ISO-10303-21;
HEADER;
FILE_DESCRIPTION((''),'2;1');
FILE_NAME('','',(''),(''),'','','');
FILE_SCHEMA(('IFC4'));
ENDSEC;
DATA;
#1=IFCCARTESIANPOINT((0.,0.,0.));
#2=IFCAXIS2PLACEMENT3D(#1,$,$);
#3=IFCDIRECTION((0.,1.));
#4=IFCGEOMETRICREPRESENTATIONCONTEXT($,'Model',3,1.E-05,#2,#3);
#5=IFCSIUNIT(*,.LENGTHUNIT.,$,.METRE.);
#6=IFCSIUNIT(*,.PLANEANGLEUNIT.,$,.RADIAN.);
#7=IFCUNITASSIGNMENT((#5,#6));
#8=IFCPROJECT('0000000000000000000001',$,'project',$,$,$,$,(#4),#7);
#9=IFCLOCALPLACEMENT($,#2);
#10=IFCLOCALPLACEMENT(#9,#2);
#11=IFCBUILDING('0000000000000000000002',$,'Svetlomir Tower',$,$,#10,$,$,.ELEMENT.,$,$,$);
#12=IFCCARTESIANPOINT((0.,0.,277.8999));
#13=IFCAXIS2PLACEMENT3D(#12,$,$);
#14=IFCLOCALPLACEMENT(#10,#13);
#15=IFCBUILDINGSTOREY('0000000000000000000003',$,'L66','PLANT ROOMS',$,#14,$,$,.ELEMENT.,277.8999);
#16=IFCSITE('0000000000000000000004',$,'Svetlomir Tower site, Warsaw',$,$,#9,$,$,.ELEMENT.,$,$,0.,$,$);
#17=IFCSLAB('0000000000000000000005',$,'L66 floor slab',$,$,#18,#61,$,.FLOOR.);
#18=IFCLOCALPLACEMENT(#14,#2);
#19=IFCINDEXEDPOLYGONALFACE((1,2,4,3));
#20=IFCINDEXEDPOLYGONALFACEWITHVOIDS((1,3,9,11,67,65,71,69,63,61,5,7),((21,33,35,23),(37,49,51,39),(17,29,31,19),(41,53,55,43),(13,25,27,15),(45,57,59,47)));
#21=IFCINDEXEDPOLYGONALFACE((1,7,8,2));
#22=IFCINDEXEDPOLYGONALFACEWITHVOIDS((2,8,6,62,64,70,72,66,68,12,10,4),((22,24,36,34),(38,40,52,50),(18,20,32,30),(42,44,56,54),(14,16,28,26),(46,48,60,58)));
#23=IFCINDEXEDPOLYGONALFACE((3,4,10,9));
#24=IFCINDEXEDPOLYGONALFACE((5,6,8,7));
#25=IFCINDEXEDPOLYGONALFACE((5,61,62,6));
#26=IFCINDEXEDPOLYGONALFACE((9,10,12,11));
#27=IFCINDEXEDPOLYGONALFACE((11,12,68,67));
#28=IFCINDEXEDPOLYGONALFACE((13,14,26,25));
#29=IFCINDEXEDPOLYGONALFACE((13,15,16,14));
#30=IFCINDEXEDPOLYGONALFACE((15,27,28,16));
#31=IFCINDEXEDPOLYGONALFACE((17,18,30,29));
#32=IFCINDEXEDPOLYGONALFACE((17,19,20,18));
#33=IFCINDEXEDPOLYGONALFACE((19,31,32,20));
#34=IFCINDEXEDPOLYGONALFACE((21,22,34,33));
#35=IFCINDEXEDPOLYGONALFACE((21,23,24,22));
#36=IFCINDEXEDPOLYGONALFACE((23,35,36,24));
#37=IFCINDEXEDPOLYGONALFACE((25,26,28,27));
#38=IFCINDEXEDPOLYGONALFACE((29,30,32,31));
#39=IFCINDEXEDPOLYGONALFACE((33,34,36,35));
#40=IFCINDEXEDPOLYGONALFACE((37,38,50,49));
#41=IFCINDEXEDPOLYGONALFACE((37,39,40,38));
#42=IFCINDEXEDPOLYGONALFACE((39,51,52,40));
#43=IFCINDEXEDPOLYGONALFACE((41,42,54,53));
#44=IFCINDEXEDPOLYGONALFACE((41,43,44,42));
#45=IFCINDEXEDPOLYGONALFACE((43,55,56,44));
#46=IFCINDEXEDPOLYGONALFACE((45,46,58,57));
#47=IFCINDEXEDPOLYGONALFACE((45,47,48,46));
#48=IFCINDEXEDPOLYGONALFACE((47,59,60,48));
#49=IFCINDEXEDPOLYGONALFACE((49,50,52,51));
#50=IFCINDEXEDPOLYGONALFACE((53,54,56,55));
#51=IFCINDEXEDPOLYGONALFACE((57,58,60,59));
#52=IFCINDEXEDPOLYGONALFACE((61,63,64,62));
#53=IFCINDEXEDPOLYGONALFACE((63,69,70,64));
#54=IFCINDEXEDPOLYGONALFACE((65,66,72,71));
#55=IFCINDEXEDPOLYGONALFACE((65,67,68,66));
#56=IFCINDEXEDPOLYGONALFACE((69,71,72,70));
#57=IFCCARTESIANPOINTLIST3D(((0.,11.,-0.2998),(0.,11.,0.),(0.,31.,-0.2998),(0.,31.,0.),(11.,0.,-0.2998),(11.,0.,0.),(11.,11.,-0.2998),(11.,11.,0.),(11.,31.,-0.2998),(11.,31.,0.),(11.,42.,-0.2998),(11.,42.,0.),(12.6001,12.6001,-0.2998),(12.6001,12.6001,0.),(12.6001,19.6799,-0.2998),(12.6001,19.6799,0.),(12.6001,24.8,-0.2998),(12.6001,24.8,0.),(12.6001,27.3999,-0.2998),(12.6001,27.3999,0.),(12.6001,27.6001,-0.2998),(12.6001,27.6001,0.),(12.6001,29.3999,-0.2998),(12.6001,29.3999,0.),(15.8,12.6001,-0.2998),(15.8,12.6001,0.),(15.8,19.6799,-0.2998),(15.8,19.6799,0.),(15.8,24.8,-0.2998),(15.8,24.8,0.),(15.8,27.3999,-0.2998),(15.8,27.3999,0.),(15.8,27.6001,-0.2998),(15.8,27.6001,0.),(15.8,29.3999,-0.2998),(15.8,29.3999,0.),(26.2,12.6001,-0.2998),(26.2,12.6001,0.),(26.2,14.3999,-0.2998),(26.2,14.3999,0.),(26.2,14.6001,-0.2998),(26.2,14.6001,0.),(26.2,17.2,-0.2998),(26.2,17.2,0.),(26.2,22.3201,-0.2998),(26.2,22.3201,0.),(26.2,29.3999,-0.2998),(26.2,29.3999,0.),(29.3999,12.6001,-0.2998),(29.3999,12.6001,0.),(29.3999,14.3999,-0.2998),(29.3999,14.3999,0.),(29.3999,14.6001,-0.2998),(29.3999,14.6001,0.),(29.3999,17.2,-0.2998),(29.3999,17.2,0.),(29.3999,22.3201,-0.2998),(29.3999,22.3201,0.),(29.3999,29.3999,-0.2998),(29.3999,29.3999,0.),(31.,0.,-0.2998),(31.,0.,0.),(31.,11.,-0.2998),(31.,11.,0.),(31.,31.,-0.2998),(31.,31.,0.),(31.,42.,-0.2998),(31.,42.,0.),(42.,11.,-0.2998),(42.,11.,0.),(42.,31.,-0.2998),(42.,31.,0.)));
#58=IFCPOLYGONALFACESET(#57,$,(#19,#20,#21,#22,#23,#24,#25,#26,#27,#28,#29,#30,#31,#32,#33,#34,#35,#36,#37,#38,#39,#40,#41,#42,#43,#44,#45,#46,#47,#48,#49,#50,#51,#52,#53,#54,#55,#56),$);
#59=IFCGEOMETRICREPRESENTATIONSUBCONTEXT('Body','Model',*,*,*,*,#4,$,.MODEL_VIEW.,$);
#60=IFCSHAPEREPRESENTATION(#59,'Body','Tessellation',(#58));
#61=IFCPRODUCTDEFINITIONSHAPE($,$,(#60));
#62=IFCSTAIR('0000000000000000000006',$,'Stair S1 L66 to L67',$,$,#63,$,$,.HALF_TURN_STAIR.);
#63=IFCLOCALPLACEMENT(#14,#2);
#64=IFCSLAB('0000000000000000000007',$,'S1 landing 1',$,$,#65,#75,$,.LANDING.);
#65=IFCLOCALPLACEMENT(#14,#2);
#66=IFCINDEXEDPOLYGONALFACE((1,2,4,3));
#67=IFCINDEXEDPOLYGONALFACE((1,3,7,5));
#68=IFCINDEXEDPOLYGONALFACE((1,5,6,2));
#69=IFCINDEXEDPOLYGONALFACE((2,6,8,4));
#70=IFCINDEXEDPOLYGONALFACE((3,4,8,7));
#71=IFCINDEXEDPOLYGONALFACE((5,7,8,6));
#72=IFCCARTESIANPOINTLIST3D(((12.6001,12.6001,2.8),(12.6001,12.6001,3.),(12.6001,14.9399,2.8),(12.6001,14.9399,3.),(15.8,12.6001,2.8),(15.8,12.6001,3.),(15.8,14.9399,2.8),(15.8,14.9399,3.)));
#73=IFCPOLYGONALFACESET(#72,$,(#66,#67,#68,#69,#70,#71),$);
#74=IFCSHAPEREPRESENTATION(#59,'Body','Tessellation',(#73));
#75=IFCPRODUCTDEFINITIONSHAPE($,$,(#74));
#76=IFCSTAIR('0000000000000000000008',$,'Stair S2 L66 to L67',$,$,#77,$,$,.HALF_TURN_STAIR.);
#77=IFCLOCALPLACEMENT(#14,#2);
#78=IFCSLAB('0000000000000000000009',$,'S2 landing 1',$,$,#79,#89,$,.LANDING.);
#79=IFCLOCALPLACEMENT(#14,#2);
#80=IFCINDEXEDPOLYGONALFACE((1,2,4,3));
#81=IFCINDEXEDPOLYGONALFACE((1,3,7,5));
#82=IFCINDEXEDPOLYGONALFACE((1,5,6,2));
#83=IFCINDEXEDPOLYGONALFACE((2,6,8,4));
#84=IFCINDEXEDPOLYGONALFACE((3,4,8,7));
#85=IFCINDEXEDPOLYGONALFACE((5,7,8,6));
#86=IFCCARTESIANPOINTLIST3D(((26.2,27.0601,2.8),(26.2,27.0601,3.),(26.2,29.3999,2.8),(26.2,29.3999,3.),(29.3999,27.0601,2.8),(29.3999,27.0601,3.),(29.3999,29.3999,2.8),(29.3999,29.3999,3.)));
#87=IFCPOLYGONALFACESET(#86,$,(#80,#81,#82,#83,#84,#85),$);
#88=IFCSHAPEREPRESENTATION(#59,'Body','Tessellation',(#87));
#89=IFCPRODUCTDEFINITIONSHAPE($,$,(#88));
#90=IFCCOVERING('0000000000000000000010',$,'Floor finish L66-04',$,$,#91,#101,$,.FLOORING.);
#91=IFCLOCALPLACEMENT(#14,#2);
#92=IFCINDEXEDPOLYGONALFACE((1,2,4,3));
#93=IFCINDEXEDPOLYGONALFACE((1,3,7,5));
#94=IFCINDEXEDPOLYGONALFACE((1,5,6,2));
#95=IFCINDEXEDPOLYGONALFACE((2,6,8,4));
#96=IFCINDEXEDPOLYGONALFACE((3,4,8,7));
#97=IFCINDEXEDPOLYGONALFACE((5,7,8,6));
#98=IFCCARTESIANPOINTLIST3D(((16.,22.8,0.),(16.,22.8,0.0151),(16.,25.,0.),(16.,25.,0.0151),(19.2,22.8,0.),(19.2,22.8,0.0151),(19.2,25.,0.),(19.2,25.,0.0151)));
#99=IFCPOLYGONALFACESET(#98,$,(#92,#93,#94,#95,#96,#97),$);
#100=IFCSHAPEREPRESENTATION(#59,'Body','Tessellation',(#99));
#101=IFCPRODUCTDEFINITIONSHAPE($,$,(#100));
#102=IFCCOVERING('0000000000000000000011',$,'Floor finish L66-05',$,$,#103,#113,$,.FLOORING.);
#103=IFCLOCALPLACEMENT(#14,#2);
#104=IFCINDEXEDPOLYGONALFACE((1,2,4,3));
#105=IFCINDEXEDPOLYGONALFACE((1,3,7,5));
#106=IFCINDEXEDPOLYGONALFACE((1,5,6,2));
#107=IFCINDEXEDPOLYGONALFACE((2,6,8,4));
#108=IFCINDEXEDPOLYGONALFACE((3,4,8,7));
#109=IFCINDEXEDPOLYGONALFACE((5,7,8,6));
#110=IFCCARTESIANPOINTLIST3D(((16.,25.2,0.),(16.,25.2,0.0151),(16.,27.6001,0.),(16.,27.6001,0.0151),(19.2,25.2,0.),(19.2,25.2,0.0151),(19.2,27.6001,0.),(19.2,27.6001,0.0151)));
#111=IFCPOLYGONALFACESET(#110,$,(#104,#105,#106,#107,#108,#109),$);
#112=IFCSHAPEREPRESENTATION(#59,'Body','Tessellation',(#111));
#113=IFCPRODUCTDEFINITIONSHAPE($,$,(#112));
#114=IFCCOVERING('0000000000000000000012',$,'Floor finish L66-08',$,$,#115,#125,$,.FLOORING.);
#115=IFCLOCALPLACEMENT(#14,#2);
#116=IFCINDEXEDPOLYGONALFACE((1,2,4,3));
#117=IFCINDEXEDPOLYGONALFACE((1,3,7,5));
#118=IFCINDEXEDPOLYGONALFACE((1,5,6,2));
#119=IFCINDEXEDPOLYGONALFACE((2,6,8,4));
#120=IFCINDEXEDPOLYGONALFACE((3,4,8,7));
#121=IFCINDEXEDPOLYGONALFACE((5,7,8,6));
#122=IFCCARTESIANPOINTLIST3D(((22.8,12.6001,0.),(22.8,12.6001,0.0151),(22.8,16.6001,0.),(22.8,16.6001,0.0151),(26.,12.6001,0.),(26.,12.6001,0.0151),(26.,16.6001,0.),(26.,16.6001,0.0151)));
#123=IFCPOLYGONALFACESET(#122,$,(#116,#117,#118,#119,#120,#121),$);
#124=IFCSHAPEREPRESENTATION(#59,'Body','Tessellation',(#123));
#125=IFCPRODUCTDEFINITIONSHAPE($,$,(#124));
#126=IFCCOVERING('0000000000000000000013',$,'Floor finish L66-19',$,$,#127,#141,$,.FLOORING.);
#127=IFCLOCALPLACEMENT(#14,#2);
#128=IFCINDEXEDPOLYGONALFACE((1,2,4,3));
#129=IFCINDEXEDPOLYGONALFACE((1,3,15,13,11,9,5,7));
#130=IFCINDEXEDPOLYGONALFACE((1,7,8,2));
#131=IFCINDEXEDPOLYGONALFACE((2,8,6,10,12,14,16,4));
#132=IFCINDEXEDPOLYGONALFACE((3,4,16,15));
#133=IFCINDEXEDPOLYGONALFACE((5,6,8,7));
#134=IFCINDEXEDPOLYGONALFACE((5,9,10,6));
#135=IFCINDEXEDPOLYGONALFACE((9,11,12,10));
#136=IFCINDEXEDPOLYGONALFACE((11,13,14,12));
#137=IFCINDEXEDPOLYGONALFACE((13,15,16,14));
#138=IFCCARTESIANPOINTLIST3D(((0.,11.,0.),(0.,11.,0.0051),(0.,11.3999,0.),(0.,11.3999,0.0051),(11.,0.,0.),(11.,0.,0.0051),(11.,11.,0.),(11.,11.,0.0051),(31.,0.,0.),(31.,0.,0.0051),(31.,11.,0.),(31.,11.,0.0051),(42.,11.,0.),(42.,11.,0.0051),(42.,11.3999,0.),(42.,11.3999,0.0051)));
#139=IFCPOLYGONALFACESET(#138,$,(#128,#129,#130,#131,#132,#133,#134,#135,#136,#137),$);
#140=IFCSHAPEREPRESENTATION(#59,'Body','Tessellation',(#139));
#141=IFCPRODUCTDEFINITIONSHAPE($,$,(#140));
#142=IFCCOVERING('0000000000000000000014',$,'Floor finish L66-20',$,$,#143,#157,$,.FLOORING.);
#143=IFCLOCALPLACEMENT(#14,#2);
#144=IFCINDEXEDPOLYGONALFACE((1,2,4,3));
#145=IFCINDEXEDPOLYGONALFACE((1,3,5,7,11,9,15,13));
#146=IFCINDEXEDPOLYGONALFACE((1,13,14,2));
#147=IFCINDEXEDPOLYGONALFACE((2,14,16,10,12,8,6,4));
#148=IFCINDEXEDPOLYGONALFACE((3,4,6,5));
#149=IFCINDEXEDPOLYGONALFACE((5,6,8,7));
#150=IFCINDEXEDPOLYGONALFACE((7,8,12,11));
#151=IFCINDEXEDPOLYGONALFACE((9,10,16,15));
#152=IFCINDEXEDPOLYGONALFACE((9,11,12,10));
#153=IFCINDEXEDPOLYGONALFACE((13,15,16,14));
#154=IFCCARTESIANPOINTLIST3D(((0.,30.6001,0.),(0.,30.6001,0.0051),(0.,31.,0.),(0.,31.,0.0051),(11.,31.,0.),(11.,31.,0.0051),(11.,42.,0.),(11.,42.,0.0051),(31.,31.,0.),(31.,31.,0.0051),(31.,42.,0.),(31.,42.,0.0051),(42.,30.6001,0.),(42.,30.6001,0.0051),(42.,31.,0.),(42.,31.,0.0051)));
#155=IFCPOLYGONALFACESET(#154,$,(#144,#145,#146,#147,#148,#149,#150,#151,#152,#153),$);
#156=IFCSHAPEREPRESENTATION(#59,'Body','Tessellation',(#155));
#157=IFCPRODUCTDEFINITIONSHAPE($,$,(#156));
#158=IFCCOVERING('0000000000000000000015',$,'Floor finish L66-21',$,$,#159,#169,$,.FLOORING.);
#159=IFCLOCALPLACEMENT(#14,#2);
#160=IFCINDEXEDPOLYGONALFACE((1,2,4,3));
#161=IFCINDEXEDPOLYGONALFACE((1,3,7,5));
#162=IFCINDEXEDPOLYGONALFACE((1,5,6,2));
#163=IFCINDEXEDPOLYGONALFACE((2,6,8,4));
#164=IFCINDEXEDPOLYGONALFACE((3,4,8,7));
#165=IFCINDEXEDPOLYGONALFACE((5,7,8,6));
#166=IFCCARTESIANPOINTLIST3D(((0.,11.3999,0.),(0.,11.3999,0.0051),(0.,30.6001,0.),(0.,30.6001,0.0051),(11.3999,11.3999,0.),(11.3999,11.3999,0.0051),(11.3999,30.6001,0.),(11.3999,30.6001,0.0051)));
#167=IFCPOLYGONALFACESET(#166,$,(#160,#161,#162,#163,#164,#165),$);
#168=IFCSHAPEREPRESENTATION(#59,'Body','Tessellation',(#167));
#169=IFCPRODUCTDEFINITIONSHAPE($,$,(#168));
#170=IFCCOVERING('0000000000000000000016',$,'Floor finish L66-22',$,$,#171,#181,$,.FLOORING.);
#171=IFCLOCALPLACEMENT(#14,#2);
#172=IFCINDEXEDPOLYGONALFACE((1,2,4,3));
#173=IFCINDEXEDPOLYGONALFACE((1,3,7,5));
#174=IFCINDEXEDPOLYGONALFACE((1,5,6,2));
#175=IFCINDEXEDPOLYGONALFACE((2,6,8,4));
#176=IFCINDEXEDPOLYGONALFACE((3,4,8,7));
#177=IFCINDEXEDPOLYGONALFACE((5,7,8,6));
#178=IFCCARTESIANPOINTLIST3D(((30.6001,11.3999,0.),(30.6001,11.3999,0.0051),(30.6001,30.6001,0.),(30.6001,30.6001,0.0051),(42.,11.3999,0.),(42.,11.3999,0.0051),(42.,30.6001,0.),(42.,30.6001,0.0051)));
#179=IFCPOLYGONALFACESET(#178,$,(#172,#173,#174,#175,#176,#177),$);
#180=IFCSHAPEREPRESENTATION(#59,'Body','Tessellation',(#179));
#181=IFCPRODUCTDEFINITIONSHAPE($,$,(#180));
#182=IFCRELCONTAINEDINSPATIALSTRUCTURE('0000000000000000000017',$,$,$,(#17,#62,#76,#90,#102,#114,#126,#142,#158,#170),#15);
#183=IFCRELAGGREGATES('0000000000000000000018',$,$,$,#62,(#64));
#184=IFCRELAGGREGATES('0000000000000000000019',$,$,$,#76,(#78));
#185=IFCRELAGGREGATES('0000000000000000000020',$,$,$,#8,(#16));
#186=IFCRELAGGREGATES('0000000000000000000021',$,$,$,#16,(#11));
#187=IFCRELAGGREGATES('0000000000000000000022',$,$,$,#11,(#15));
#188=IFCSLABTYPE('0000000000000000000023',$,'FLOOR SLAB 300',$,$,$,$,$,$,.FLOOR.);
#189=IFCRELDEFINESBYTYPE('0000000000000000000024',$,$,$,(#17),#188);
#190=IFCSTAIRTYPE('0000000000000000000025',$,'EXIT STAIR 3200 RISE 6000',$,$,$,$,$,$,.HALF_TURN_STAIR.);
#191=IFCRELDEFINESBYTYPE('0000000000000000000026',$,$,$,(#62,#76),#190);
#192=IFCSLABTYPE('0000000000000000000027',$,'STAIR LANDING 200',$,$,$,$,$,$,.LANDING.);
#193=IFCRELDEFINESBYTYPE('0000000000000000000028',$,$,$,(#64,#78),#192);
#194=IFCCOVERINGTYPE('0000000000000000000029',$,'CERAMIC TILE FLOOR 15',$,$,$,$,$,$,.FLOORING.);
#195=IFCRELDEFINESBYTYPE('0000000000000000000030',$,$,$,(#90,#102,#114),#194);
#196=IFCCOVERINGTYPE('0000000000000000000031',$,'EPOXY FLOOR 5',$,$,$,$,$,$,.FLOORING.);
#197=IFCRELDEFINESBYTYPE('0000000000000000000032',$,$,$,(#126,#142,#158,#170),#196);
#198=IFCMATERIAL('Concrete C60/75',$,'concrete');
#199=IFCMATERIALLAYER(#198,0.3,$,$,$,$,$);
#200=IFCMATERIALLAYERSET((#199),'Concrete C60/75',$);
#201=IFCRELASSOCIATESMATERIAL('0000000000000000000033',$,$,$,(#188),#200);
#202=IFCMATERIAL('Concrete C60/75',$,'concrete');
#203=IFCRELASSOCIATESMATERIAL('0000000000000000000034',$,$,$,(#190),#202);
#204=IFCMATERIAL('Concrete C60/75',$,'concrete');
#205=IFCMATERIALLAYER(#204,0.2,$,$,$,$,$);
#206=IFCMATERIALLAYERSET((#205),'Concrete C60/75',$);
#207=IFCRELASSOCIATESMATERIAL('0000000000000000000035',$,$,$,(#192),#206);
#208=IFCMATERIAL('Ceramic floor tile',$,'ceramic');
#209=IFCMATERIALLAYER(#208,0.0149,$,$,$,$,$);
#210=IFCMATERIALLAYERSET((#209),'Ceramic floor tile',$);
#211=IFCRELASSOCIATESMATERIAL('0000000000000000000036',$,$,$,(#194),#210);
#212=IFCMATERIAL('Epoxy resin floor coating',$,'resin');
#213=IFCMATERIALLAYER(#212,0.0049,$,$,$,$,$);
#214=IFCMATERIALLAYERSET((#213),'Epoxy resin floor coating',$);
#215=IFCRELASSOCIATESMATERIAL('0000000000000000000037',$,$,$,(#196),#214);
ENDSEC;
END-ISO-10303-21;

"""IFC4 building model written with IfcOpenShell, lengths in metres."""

from ifc_helpers import new_model, si_unit, direction, frame, origin, place, context, subcontext, project, spatial, polyline, outline, extrude, material, layer, layer_set, type_object, element, aggregate, save


model = new_model("IFC4")

# Units and contexts
model_context = context("Model", 3, precision=1e-05, world=origin(), true_north=direction((0.0, 1.0)))
body_context = subcontext(model_context, "Body", "Model", "MODEL_VIEW")
ifc_project = project(units=[si_unit("LENGTHUNIT", "METRE"), si_unit("PLANEANGLEUNIT", "RADIAN")], contexts=[model_context])

# Site, building, storey
site_placement = place(None, origin())
site = spatial("IfcSite", under=ifc_project, at=site_placement, Name="Svetlomir Tower site, Warsaw", CompositionType="ELEMENT", RefElevation=0.0)
building_placement = place(site_placement, origin())
building = spatial("IfcBuilding", under=site, at=building_placement, Name="Svetlomir Tower", CompositionType="ELEMENT")
storey_placement = place(building_placement, frame((0.0, 0.0, 277.8999)))
storey = spatial("IfcBuildingStorey", under=building, at=storey_placement, Name="L66", Description="PLANT ROOMS", CompositionType="ELEMENT", Elevation=277.8999)

# Slab
ifc_material_1 = material(Name="Concrete C60/75", Category="concrete")
ifc_layer_1 = layer(ifc_material_1, 0.3)
ifc_layer_set_1 = layer_set([ifc_layer_1], Name="Concrete C60/75")
slab_type_1 = type_object("IfcSlabType", Name="FLOOR SLAB 300", PredefinedType="FLOOR", material=ifc_layer_set_1)
slab_1_placement = place(storey_placement, frame((0.0, 0.0, -0.2998)))
element("IfcSlab", 1, at=slab_1_placement, inside=storey, type_object=slab_type_1, Name="L66 floor slab", PredefinedType="FLOOR", context=body_context, shape_type="SweptSolid", body=[
    extrude(outline(polyline([(11.0, 0.0), (31.0, 0.0), (31.0, 11.0), (42.0, 11.0), (42.0, 31.0), (31.0, 31.0), (31.0, 42.0), (11.0, 42.0), (11.0, 31.0), (0.0, 31.0), (0.0, 11.0), (11.0, 11.0), (11.0, 0.0)]), holes=[polyline([(12.6001, 24.8), (15.8, 24.8), (15.8, 27.3999), (12.6001, 27.3999), (12.6001, 24.8)]), polyline([(26.2, 14.6001), (29.3999, 14.6001), (29.3999, 17.2), (26.2, 17.2), (26.2, 14.6001)]), polyline([(12.6001, 27.6001), (15.8, 27.6001), (15.8, 29.3999), (12.6001, 29.3999), (12.6001, 27.6001)]), polyline([(26.2, 12.6001), (29.3999, 12.6001), (29.3999, 14.3999), (26.2, 14.3999), (26.2, 12.6001)]), polyline([(12.6001, 12.6001), (15.8, 12.6001), (15.8, 19.6799), (12.6001, 19.6799), (12.6001, 12.6001)]), polyline([(26.2, 22.3201), (29.3999, 22.3201), (29.3999, 29.3999), (26.2, 29.3999), (26.2, 22.3201)])]), origin(), (0.0, 0.0, 1.0), 0.2998),
])

# Stairs, slabs
ifc_material_2 = material(Name="Concrete C60/75", Category="concrete")
stair_type = type_object("IfcStairType", Name="EXIT STAIR 3200 RISE 6000", PredefinedType="HALF_TURN_STAIR", material=ifc_material_2)
stair_1_placement = place(storey_placement, origin())
stair_1 = element("IfcStair", 2, at=stair_1_placement, inside=storey, type_object=stair_type, Name="Stair S1 L66 to L67", PredefinedType="HALF_TURN_STAIR")
ifc_material_3 = material(Name="Concrete C60/75", Category="concrete")
ifc_layer_2 = layer(ifc_material_3, 0.2)
ifc_layer_set_2 = layer_set([ifc_layer_2], Name="Concrete C60/75")
slab_type_2 = type_object("IfcSlabType", Name="STAIR LANDING 200", PredefinedType="LANDING", material=ifc_layer_set_2)
slab_2_placement = place(storey_placement, frame((0.0, 0.0, 2.8)))
slab_2 = element("IfcSlab", 3, at=slab_2_placement, type_object=slab_type_2, Name="S1 landing 1", PredefinedType="LANDING", context=body_context, shape_type="SweptSolid", body=[
    extrude(outline(polyline([(12.6001, 12.6001), (15.8, 12.6001), (15.8, 14.9399), (12.6001, 14.9399), (12.6001, 12.6001)])), origin(), (0.0, 0.0, 1.0), 0.2),
])
aggregate(stair_1, [slab_2])
stair_2_placement = place(storey_placement, origin())
stair_2 = element("IfcStair", 4, at=stair_2_placement, inside=storey, type_object=stair_type, Name="Stair S2 L66 to L67", PredefinedType="HALF_TURN_STAIR")
slab_3_placement = place(storey_placement, frame((0.0, 0.0, 2.8)))
slab_3 = element("IfcSlab", 5, at=slab_3_placement, type_object=slab_type_2, Name="S2 landing 1", PredefinedType="LANDING", context=body_context, shape_type="SweptSolid", body=[
    extrude(outline(polyline([(26.2, 27.0601), (29.3999, 27.0601), (29.3999, 29.3999), (26.2, 29.3999), (26.2, 27.0601)])), origin(), (0.0, 0.0, 1.0), 0.2),
])
aggregate(stair_2, [slab_3])

# Coverings
ifc_material_4 = material(Name="Ceramic floor tile", Category="ceramic")
ifc_layer_3 = layer(ifc_material_4, 0.0149)
ifc_layer_set_3 = layer_set([ifc_layer_3], Name="Ceramic floor tile")
covering_type_1 = type_object("IfcCoveringType", Name="CERAMIC TILE FLOOR 15", PredefinedType="FLOORING", material=ifc_layer_set_3)
covering_1_placement = place(storey_placement, origin())
element("IfcCovering", 6, at=covering_1_placement, inside=storey, type_object=covering_type_1, Name="Floor finish L66-04", PredefinedType="FLOORING", context=body_context, shape_type="SweptSolid", body=[
    extrude(outline(polyline([(16.0, 22.8), (19.2, 22.8), (19.2, 25.0), (16.0, 25.0), (16.0, 22.8)])), origin(), (0.0, 0.0, 1.0), 0.0151),
])
covering_2_placement = place(storey_placement, origin())
element("IfcCovering", 7, at=covering_2_placement, inside=storey, type_object=covering_type_1, Name="Floor finish L66-05", PredefinedType="FLOORING", context=body_context, shape_type="SweptSolid", body=[
    extrude(outline(polyline([(16.0, 25.2), (19.2, 25.2), (19.2, 27.6001), (16.0, 27.6001), (16.0, 25.2)])), origin(), (0.0, 0.0, 1.0), 0.0151),
])
covering_3_placement = place(storey_placement, origin())
element("IfcCovering", 8, at=covering_3_placement, inside=storey, type_object=covering_type_1, Name="Floor finish L66-08", PredefinedType="FLOORING", context=body_context, shape_type="SweptSolid", body=[
    extrude(outline(polyline([(22.8, 12.6001), (26.0, 12.6001), (26.0, 16.6001), (22.8, 16.6001), (22.8, 12.6001)])), origin(), (0.0, 0.0, 1.0), 0.0151),
])
ifc_material_5 = material(Name="Epoxy resin floor coating", Category="resin")
ifc_layer_4 = layer(ifc_material_5, 0.0049)
ifc_layer_set_4 = layer_set([ifc_layer_4], Name="Epoxy resin floor coating")
covering_type_2 = type_object("IfcCoveringType", Name="EPOXY FLOOR 5", PredefinedType="FLOORING", material=ifc_layer_set_4)
covering_4_placement = place(storey_placement, origin())
element("IfcCovering", 9, at=covering_4_placement, inside=storey, type_object=covering_type_2, Name="Floor finish L66-19", PredefinedType="FLOORING", context=body_context, shape_type="SweptSolid", body=[
    extrude(outline(polyline([(31.0, 11.0), (31.0, 0.0), (11.0, 0.0), (11.0, 11.0), (0.0, 11.0), (0.0, 11.3999), (42.0, 11.3999), (42.0, 11.0), (31.0, 11.0)])), origin(), (0.0, 0.0, 1.0), 0.0051),
])
covering_5_placement = place(storey_placement, origin())
element("IfcCovering", 10, at=covering_5_placement, inside=storey, type_object=covering_type_2, Name="Floor finish L66-20", PredefinedType="FLOORING", context=body_context, shape_type="SweptSolid", body=[
    extrude(outline(polyline([(11.0, 31.0), (11.0, 42.0), (31.0, 42.0), (31.0, 31.0), (42.0, 31.0), (42.0, 30.6001), (0.0, 30.6001), (0.0, 31.0), (11.0, 31.0)])), origin(), (0.0, 0.0, 1.0), 0.0051),
])
covering_6_placement = place(storey_placement, origin())
element("IfcCovering", 11, at=covering_6_placement, inside=storey, type_object=covering_type_2, Name="Floor finish L66-21", PredefinedType="FLOORING", context=body_context, shape_type="SweptSolid", body=[
    extrude(outline(polyline([(11.3999, 30.6001), (11.3999, 11.3999), (0.0, 11.3999), (0.0, 30.6001), (11.3999, 30.6001)])), origin(), (0.0, 0.0, 1.0), 0.0051),
])
covering_7_placement = place(storey_placement, origin())
element("IfcCovering", 12, at=covering_7_placement, inside=storey, type_object=covering_type_2, Name="Floor finish L66-22", PredefinedType="FLOORING", context=body_context, shape_type="SweptSolid", body=[
    extrude(outline(polyline([(30.6001, 11.3999), (30.6001, 30.6001), (42.0, 30.6001), (42.0, 11.3999), (30.6001, 11.3999)])), origin(), (0.0, 0.0, 1.0), 0.0051),
])

save(model, "model.ifc")
